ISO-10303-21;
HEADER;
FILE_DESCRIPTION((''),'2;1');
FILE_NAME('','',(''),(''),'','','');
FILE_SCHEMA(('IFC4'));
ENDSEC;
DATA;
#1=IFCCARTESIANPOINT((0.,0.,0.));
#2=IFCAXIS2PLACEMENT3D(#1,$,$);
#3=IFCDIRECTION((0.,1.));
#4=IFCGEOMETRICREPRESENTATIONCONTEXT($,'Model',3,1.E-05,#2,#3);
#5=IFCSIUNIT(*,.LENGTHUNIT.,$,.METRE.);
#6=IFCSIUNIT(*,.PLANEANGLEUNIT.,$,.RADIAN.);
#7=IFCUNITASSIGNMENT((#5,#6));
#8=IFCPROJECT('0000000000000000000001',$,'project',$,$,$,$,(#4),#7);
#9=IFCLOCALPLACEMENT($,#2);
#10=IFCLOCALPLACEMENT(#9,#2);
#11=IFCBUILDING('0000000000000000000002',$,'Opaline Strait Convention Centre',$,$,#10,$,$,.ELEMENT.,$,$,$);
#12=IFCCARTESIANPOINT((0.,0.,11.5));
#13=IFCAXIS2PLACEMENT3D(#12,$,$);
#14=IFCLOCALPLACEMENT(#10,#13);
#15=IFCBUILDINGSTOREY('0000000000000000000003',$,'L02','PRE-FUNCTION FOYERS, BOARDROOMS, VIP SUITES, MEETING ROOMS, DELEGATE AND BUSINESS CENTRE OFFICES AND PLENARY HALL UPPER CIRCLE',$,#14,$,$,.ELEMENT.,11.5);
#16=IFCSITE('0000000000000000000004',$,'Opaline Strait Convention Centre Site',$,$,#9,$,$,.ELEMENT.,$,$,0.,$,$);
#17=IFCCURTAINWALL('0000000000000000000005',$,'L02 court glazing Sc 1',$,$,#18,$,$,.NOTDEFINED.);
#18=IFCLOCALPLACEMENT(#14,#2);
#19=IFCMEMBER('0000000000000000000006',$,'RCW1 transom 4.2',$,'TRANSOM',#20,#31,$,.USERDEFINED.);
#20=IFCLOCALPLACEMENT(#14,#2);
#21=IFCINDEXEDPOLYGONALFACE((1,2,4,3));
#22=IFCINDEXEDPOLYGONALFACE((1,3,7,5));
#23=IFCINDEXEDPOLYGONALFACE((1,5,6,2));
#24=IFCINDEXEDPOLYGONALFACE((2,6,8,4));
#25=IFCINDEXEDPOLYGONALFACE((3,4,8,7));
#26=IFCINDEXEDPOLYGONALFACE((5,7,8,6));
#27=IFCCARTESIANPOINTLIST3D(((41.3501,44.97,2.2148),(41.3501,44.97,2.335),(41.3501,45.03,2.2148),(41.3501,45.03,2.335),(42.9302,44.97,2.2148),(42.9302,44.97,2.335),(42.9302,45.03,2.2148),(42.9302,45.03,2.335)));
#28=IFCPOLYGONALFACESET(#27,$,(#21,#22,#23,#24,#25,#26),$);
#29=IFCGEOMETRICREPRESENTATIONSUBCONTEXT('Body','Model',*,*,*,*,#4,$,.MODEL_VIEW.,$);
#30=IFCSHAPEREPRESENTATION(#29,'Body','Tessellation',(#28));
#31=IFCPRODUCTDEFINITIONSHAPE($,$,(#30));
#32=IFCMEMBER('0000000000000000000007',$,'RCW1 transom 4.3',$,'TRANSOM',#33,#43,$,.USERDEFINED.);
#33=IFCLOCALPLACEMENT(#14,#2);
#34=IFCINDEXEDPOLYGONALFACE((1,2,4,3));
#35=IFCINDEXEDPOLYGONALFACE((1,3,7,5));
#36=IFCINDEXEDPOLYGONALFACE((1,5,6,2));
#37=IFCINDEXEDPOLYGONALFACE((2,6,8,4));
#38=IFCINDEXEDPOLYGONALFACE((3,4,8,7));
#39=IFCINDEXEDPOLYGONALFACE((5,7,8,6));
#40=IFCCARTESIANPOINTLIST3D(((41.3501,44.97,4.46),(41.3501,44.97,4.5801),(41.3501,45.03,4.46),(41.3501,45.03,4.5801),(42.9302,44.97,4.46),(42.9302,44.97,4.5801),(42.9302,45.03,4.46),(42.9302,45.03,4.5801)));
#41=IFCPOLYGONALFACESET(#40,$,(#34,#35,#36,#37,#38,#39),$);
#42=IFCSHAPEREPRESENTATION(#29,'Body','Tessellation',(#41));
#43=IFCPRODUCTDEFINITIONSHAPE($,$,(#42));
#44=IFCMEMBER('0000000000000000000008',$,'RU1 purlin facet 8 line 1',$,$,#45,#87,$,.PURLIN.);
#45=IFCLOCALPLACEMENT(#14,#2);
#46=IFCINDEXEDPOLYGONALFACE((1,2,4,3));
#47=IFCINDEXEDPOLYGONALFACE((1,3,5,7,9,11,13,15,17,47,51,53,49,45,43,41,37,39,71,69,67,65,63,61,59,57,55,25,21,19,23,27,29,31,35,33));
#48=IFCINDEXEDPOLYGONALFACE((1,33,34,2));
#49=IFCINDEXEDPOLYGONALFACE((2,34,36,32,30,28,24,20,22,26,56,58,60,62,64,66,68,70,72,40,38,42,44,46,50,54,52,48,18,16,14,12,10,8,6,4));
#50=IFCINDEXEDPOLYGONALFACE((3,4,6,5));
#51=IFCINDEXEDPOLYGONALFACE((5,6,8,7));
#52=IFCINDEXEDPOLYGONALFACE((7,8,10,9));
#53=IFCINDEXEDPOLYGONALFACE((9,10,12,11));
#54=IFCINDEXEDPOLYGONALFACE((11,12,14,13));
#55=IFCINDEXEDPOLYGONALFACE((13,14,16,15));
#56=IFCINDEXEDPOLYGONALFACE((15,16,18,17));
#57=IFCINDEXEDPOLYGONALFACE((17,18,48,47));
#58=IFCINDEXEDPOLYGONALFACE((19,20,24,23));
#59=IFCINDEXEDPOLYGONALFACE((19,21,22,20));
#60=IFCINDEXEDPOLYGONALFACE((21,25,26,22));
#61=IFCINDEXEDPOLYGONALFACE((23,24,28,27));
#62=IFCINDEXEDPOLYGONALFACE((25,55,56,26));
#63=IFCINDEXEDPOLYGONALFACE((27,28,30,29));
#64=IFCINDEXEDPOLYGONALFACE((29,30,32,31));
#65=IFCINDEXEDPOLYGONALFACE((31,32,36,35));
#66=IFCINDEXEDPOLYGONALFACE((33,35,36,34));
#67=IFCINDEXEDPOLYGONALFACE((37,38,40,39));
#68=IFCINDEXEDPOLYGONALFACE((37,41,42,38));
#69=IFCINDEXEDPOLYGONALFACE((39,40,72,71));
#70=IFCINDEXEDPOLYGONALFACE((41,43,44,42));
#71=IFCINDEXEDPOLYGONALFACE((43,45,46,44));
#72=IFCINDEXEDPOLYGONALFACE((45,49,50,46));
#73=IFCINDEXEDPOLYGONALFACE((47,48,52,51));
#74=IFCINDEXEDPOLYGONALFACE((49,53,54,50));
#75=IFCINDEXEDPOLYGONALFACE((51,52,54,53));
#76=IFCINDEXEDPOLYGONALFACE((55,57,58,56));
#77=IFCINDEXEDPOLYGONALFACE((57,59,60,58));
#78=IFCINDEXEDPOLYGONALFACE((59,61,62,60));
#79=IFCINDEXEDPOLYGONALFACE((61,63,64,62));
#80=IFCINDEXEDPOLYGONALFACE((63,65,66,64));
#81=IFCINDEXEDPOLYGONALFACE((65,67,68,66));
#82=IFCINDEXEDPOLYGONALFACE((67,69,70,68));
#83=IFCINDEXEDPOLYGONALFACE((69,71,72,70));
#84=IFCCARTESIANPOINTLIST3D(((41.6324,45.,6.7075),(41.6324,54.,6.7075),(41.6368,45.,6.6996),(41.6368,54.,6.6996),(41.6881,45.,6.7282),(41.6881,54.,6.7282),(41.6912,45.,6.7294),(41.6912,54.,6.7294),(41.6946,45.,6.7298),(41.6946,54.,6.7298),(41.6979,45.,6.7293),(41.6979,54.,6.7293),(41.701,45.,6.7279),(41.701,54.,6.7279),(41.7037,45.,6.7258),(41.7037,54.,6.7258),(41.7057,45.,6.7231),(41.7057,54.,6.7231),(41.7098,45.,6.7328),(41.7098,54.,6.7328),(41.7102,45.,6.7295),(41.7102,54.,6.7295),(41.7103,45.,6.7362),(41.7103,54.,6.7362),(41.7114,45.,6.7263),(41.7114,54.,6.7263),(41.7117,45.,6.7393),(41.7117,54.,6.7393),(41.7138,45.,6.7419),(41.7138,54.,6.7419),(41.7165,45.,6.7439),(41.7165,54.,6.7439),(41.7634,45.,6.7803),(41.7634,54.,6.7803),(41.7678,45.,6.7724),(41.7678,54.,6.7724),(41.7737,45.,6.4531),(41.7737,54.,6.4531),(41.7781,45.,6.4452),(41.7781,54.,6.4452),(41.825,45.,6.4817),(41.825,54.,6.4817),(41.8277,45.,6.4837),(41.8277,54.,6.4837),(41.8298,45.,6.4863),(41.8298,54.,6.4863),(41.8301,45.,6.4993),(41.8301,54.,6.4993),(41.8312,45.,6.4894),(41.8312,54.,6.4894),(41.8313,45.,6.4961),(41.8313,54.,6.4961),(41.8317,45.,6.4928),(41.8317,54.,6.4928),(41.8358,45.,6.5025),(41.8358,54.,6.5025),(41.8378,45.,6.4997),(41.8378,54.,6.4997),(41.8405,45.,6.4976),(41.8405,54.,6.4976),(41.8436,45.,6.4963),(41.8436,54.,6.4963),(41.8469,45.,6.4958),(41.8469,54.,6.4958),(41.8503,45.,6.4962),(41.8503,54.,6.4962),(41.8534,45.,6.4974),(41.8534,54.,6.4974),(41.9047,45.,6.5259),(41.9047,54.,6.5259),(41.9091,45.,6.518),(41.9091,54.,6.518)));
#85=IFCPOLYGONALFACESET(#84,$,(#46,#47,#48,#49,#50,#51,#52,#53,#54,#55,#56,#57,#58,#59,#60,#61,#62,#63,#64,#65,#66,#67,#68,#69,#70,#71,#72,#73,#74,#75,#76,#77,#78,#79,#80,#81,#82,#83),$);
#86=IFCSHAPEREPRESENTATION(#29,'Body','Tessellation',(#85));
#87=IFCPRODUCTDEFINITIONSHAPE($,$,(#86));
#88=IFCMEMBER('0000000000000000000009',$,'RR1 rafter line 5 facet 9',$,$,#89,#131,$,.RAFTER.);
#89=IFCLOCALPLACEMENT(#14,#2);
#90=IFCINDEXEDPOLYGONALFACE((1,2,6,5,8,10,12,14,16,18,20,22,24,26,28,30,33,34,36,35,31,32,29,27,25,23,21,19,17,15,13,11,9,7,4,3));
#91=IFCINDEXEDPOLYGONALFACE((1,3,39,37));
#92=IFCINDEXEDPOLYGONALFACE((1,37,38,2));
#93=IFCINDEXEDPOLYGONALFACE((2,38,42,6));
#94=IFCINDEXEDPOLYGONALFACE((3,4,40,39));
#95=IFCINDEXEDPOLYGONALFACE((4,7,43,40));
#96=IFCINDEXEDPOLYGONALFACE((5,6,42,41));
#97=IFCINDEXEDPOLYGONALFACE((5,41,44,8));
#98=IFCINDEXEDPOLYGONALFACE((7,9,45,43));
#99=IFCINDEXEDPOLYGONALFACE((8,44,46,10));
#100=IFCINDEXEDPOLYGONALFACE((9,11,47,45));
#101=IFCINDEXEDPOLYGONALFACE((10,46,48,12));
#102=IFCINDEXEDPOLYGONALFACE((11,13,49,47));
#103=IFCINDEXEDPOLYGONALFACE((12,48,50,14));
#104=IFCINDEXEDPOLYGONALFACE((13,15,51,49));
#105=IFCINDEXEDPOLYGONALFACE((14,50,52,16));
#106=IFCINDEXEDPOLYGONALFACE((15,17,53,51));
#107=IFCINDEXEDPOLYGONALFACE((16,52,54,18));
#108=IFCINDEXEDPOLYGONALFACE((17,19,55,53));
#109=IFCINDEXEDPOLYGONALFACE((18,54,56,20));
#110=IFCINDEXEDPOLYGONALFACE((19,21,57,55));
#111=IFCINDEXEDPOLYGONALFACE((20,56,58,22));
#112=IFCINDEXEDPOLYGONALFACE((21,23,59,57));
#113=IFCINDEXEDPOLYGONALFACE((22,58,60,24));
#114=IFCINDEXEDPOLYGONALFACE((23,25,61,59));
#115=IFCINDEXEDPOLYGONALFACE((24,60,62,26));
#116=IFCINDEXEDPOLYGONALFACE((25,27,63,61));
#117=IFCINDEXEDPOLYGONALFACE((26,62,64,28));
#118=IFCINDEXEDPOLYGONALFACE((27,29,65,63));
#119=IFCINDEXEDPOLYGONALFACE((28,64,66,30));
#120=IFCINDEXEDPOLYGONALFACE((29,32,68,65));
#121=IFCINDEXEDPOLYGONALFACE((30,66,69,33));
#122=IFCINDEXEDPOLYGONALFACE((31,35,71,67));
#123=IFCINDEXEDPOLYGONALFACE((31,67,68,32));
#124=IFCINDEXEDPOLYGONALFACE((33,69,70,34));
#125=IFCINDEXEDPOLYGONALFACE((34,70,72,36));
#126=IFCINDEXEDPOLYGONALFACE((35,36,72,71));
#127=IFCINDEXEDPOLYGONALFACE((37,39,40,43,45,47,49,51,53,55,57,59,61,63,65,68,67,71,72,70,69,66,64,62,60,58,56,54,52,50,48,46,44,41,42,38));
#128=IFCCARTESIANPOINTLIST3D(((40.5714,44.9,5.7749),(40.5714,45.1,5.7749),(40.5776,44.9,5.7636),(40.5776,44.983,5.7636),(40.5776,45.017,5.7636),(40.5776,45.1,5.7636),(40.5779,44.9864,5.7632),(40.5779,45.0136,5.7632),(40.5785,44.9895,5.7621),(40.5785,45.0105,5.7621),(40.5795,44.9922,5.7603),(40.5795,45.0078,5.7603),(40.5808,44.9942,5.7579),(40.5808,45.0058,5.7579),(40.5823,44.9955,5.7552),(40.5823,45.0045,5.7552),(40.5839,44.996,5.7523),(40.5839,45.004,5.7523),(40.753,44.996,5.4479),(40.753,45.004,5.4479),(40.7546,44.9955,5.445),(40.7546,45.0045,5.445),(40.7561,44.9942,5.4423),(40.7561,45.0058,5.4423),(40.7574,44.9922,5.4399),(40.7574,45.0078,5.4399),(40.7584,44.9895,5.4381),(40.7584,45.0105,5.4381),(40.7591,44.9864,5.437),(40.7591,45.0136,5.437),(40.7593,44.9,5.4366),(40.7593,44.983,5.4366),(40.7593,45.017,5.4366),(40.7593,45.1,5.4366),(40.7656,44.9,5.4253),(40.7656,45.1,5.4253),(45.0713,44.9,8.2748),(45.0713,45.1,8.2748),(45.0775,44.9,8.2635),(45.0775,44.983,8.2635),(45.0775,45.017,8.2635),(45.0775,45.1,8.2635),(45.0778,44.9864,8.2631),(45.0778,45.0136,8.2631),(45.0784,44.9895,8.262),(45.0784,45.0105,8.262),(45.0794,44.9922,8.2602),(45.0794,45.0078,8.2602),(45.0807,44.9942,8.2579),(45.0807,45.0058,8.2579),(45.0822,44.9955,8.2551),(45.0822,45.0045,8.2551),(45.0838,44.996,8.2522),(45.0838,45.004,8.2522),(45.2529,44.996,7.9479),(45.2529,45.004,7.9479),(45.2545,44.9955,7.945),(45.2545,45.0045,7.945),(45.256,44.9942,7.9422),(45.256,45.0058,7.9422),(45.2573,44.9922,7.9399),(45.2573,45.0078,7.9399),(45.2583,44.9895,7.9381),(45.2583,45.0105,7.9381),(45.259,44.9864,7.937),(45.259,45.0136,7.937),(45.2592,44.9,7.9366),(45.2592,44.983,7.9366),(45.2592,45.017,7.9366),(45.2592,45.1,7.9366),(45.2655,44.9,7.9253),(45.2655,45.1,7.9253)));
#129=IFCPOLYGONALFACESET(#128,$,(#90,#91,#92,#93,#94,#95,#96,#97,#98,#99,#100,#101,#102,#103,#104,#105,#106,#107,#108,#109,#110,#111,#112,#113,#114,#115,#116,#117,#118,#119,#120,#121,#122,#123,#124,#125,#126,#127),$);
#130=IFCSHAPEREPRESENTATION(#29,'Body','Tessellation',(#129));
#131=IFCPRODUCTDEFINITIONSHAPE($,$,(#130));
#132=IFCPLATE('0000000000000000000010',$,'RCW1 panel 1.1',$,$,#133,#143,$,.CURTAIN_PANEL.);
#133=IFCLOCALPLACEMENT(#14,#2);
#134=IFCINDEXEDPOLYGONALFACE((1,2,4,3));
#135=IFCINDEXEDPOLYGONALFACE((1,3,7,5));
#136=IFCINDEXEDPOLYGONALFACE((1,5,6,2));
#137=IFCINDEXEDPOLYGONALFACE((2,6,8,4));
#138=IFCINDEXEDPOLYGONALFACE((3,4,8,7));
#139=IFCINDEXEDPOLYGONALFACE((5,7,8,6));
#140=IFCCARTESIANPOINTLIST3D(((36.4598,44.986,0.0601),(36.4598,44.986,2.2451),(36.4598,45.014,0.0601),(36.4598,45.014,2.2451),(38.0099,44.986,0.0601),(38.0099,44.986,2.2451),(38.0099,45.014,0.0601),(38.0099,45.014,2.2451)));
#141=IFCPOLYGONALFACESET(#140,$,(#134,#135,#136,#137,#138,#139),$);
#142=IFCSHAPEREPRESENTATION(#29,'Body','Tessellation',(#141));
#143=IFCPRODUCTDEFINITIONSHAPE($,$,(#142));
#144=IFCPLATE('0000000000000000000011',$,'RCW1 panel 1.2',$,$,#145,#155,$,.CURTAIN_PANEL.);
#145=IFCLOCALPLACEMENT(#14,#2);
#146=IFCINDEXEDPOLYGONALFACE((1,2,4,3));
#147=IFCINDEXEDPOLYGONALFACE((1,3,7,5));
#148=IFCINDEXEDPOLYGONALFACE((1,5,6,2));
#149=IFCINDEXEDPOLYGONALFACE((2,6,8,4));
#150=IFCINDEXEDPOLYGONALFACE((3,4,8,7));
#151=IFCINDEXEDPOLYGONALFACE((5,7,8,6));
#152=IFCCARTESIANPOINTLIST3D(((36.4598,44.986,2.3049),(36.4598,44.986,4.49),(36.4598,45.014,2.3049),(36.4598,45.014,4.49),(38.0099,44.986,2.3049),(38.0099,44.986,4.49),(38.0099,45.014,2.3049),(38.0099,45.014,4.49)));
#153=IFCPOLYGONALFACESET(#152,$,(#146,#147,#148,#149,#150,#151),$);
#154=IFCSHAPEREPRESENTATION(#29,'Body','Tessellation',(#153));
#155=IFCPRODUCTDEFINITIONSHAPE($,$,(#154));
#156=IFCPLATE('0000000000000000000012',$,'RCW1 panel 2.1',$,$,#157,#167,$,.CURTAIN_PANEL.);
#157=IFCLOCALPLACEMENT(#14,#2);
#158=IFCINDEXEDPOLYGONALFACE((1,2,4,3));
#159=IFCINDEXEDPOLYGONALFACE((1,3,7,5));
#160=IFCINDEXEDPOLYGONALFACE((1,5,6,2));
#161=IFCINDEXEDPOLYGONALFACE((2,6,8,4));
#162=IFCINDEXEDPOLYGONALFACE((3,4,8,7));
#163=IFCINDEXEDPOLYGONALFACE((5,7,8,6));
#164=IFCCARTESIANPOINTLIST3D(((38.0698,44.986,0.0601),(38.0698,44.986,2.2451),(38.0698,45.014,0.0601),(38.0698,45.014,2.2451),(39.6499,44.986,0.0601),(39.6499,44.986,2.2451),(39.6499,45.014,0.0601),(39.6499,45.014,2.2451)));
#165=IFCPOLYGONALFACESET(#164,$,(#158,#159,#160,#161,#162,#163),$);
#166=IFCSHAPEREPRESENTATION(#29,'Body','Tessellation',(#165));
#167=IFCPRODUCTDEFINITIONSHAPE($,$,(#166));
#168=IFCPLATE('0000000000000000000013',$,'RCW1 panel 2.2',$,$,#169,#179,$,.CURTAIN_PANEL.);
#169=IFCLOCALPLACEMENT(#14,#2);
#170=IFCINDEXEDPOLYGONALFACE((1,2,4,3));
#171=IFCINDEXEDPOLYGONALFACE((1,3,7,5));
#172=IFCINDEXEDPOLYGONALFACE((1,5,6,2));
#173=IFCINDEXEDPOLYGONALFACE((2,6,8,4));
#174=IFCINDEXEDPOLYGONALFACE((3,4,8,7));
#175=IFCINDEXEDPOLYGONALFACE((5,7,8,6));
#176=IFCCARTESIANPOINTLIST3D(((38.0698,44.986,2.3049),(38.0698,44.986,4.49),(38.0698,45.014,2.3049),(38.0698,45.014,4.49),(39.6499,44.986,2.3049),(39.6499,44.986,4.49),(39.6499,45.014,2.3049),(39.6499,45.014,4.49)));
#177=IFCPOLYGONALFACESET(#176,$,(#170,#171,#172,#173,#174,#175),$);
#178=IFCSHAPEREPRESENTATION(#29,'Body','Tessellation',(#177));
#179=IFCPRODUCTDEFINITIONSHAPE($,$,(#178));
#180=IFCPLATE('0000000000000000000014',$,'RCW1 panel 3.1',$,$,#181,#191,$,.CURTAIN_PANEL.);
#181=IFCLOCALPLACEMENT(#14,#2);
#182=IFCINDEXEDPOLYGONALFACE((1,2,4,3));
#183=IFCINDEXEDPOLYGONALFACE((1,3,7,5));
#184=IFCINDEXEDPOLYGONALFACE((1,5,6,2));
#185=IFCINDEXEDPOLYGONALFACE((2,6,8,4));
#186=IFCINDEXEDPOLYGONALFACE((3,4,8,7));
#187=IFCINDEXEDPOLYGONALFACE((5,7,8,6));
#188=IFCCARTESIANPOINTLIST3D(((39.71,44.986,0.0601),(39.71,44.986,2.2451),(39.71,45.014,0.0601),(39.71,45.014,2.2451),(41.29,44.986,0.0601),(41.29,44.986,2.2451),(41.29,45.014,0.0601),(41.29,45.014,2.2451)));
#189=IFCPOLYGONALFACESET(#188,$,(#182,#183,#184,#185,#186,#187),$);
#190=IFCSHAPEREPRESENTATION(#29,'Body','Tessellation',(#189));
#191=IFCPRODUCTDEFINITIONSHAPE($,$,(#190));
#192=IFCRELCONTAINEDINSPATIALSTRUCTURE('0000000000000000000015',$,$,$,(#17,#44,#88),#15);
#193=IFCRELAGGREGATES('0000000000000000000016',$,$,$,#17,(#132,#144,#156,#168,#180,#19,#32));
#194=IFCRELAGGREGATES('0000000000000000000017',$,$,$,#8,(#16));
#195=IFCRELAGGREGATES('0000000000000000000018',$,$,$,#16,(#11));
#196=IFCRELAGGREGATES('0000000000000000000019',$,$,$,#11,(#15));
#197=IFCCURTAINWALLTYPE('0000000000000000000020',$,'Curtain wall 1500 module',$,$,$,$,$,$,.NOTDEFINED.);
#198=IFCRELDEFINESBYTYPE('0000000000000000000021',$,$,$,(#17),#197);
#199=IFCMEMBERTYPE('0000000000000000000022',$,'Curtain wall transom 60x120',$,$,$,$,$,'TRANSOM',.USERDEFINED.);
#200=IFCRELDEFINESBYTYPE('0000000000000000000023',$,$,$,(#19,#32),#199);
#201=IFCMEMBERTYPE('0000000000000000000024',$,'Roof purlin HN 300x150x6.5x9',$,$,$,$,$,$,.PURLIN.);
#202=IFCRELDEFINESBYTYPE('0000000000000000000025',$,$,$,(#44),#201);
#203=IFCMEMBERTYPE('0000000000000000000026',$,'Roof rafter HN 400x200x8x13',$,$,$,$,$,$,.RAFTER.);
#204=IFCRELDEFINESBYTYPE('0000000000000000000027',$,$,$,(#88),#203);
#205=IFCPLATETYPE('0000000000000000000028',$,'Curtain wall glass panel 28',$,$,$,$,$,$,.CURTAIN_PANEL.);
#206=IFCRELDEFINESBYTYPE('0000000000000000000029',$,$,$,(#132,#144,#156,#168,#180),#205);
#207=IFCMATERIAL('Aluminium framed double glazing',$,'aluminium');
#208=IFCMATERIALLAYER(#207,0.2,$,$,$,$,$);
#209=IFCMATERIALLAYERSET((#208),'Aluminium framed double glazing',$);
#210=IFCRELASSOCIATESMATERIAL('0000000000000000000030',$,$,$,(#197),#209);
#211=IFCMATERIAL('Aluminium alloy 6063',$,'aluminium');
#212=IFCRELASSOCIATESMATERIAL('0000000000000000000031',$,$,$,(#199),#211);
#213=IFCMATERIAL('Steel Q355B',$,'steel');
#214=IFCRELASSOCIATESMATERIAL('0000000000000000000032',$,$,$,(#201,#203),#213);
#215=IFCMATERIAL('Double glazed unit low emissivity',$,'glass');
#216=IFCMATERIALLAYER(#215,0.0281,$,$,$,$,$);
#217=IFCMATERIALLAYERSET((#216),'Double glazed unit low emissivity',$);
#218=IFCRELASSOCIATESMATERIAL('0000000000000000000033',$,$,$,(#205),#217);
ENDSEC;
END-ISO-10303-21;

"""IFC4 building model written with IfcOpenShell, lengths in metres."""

from ifc_helpers import new_model, si_unit, direction, frame, origin, origin_2d, place, context, subcontext, project, spatial, rectangle, i_section, extrude, material, layer, layer_set, material_profile, profile_set, type_object, element, aggregate, save


model = new_model("IFC4")

# Units and contexts
model_context = context("Model", 3, precision=1e-05, world=origin(), true_north=direction((0.0, 1.0)))
body_context = subcontext(model_context, "Body", "Model", "MODEL_VIEW")
ifc_project = project(units=[si_unit("LENGTHUNIT", "METRE"), si_unit("PLANEANGLEUNIT", "RADIAN")], contexts=[model_context])

# Site, building, storey
site_placement = place(None, origin())
site = spatial("IfcSite", under=ifc_project, at=site_placement, Name="Opaline Strait Convention Centre Site", CompositionType="ELEMENT", RefElevation=0.0)
building_placement = place(site_placement, origin())
building = spatial("IfcBuilding", under=site, at=building_placement, Name="Opaline Strait Convention Centre", CompositionType="ELEMENT")
storey_placement = place(building_placement, frame((0.0, 0.0, 11.5)))
storey = spatial("IfcBuildingStorey", under=building, at=storey_placement, Name="L02", Description="PRE-FUNCTION FOYERS, BOARDROOMS, VIP SUITES, MEETING ROOMS, DELEGATE AND BUSINESS CENTRE OFFICES AND PLENARY HALL UPPER CIRCLE", CompositionType="ELEMENT", Elevation=11.5)

# Shared definitions
ifc_material_1 = material(Name="Steel Q355B", Category="steel")

# Curtain wall, members
ifc_material_2 = material(Name="Aluminium framed double glazing", Category="aluminium")
ifc_layer_1 = layer(ifc_material_2, 0.2)
ifc_layer_set_1 = layer_set([ifc_layer_1], Name="Aluminium framed double glazing")
curtain_wall_type = type_object("IfcCurtainWallType", Name="Curtain wall 1500 module", PredefinedType="NOTDEFINED", material=ifc_layer_set_1)
curtain_wall_placement = place(storey_placement, origin())
curtain_wall = element("IfcCurtainWall", 1, at=curtain_wall_placement, inside=storey, type_object=curtain_wall_type, Name="L02 court glazing Sc 1", PredefinedType="NOTDEFINED")
ifc_material_3 = material(Name="Aluminium alloy 6063", Category="aluminium")
ifc_material_profile_1 = material_profile(ifc_material_3, rectangle(XDim=0.0601, YDim=0.1201, at=origin_2d()), Name="Curtain wall transom 60x120")
ifc_profile_set_1 = profile_set([ifc_material_profile_1], Name="Aluminium alloy 6063")
member_type_1 = type_object("IfcMemberType", Name="Curtain wall transom 60x120", ElementType="TRANSOM", PredefinedType="USERDEFINED", material=ifc_profile_set_1)
member_1_placement = place(storey_placement, frame((41.3501, 45.0, 2.2749), z_axis=(1.0, 0.0, 0.0), x_axis=(0.0, 1.0, 0.0)))
member_1 = element("IfcMember", 2, at=member_1_placement, type_object=member_type_1, Name="RCW1 transom 4.2", ObjectType="TRANSOM", PredefinedType="USERDEFINED", context=body_context, shape_type="SweptSolid", body=[
    extrude(rectangle(XDim=0.0601, YDim=0.1201, at=origin_2d()), origin(), (0.0, 0.0, 1.0), 1.5801),
])
member_2_placement = place(storey_placement, frame((41.3501, 45.0, 4.52), z_axis=(1.0, 0.0, 0.0), x_axis=(0.0, 1.0, 0.0)))
member_2 = element("IfcMember", 3, at=member_2_placement, type_object=member_type_1, Name="RCW1 transom 4.3", ObjectType="TRANSOM", PredefinedType="USERDEFINED", context=body_context, shape_type="SweptSolid", body=[
    extrude(rectangle(XDim=0.0601, YDim=0.1201, at=origin_2d()), origin(), (0.0, 0.0, 1.0), 1.5801),
])

# Members
ifc_material_profile_2 = material_profile(ifc_material_1, i_section(OverallWidth=0.1499, OverallDepth=0.3, WebThickness=0.0066, FlangeThickness=0.009, FilletRadius=0.0129, at=origin_2d()), Name="HN 300x150x6.5x9")
ifc_profile_set_2 = profile_set([ifc_material_profile_2], Name="Steel Q355B")
member_type_2 = type_object("IfcMemberType", Name="Roof purlin HN 300x150x6.5x9", PredefinedType="PURLIN", material=ifc_profile_set_2)
member_3_placement = place(storey_placement, frame((41.7708, 45.0, 6.6128), z_axis=(0.0, 1.0, 0.0), x_axis=(-0.874157, 0.0, -0.485643)))
element("IfcMember", 4, at=member_3_placement, inside=storey, type_object=member_type_2, Name="RU1 purlin facet 8 line 1", PredefinedType="PURLIN", context=body_context, shape_type="SweptSolid", body=[
    extrude(i_section(OverallWidth=0.1499, OverallDepth=0.3, WebThickness=0.0066, FlangeThickness=0.009, FilletRadius=0.0129, at=origin_2d()), origin(), (0.0, 0.0, 1.0), 9.0),
])
ifc_material_profile_3 = material_profile(ifc_material_1, i_section(OverallWidth=0.2, OverallDepth=0.3999, WebThickness=0.0081, FlangeThickness=0.0129, FilletRadius=0.0129, at=origin_2d()), Name="HN 400x200x8x13")
ifc_profile_set_3 = profile_set([ifc_material_profile_3], Name="Steel Q355B")
member_type_3 = type_object("IfcMemberType", Name="Roof rafter HN 400x200x8x13", PredefinedType="RAFTER", material=ifc_profile_set_3)
member_4_placement = place(storey_placement, frame((40.6685, 45.0, 5.6001), z_axis=(0.874157, 0.0, 0.485643), x_axis=(0.0, 1.0, 0.0)))
element("IfcMember", 5, at=member_4_placement, inside=storey, type_object=member_type_3, Name="RR1 rafter line 5 facet 9", PredefinedType="RAFTER", context=body_context, shape_type="SweptSolid", body=[
    extrude(i_section(OverallWidth=0.2, OverallDepth=0.3999, WebThickness=0.0081, FlangeThickness=0.0129, FilletRadius=0.0129, at=origin_2d()), origin(), (0.0, 0.0, 1.0), 5.1477),
])

# Plates
ifc_material_4 = material(Name="Double glazed unit low emissivity", Category="glass")
ifc_layer_2 = layer(ifc_material_4, 0.0281)
ifc_layer_set_2 = layer_set([ifc_layer_2], Name="Double glazed unit low emissivity")
plate_type = type_object("IfcPlateType", Name="Curtain wall glass panel 28", PredefinedType="CURTAIN_PANEL", material=ifc_layer_set_2)
plate_1_placement = place(storey_placement, frame((37.2349, 45.0, 0.0601), z_axis=(0.0, 0.0, 1.0), x_axis=(1.0, 0.0, 0.0)))
plate_1 = element("IfcPlate", 6, at=plate_1_placement, type_object=plate_type, Name="RCW1 panel 1.1", PredefinedType="CURTAIN_PANEL", context=body_context, shape_type="SweptSolid", body=[
    extrude(rectangle(XDim=1.55, YDim=0.0281, at=origin_2d()), origin(), (0.0, 0.0, 1.0), 2.1851),
])
plate_2_placement = place(storey_placement, frame((37.2349, 45.0, 2.3049), z_axis=(0.0, 0.0, 1.0), x_axis=(1.0, 0.0, 0.0)))
plate_2 = element("IfcPlate", 7, at=plate_2_placement, type_object=plate_type, Name="RCW1 panel 1.2", PredefinedType="CURTAIN_PANEL", context=body_context, shape_type="SweptSolid", body=[
    extrude(rectangle(XDim=1.55, YDim=0.0281, at=origin_2d()), origin(), (0.0, 0.0, 1.0), 2.1851),
])
plate_3_placement = place(storey_placement, frame((38.8599, 45.0, 0.0601), z_axis=(0.0, 0.0, 1.0), x_axis=(1.0, 0.0, 0.0)))
plate_3 = element("IfcPlate", 8, at=plate_3_placement, type_object=plate_type, Name="RCW1 panel 2.1", PredefinedType="CURTAIN_PANEL", context=body_context, shape_type="SweptSolid", body=[
    extrude(rectangle(XDim=1.5801, YDim=0.0281, at=origin_2d()), origin(), (0.0, 0.0, 1.0), 2.1851),
])
plate_4_placement = place(storey_placement, frame((38.8599, 45.0, 2.3049), z_axis=(0.0, 0.0, 1.0), x_axis=(1.0, 0.0, 0.0)))
plate_4 = element("IfcPlate", 9, at=plate_4_placement, type_object=plate_type, Name="RCW1 panel 2.2", PredefinedType="CURTAIN_PANEL", context=body_context, shape_type="SweptSolid", body=[
    extrude(rectangle(XDim=1.5801, YDim=0.0281, at=origin_2d()), origin(), (0.0, 0.0, 1.0), 2.1851),
])
plate_5_placement = place(storey_placement, frame((40.5, 45.0, 0.0601), z_axis=(0.0, 0.0, 1.0), x_axis=(1.0, 0.0, 0.0)))
plate_5 = element("IfcPlate", 10, at=plate_5_placement, type_object=plate_type, Name="RCW1 panel 3.1", PredefinedType="CURTAIN_PANEL", context=body_context, shape_type="SweptSolid", body=[
    extrude(rectangle(XDim=1.5801, YDim=0.0281, at=origin_2d()), origin(), (0.0, 0.0, 1.0), 2.1851),
])
aggregate(curtain_wall, [plate_1, plate_2, plate_3, plate_4, plate_5, member_1, member_2])

save(model, "model.ifc")
